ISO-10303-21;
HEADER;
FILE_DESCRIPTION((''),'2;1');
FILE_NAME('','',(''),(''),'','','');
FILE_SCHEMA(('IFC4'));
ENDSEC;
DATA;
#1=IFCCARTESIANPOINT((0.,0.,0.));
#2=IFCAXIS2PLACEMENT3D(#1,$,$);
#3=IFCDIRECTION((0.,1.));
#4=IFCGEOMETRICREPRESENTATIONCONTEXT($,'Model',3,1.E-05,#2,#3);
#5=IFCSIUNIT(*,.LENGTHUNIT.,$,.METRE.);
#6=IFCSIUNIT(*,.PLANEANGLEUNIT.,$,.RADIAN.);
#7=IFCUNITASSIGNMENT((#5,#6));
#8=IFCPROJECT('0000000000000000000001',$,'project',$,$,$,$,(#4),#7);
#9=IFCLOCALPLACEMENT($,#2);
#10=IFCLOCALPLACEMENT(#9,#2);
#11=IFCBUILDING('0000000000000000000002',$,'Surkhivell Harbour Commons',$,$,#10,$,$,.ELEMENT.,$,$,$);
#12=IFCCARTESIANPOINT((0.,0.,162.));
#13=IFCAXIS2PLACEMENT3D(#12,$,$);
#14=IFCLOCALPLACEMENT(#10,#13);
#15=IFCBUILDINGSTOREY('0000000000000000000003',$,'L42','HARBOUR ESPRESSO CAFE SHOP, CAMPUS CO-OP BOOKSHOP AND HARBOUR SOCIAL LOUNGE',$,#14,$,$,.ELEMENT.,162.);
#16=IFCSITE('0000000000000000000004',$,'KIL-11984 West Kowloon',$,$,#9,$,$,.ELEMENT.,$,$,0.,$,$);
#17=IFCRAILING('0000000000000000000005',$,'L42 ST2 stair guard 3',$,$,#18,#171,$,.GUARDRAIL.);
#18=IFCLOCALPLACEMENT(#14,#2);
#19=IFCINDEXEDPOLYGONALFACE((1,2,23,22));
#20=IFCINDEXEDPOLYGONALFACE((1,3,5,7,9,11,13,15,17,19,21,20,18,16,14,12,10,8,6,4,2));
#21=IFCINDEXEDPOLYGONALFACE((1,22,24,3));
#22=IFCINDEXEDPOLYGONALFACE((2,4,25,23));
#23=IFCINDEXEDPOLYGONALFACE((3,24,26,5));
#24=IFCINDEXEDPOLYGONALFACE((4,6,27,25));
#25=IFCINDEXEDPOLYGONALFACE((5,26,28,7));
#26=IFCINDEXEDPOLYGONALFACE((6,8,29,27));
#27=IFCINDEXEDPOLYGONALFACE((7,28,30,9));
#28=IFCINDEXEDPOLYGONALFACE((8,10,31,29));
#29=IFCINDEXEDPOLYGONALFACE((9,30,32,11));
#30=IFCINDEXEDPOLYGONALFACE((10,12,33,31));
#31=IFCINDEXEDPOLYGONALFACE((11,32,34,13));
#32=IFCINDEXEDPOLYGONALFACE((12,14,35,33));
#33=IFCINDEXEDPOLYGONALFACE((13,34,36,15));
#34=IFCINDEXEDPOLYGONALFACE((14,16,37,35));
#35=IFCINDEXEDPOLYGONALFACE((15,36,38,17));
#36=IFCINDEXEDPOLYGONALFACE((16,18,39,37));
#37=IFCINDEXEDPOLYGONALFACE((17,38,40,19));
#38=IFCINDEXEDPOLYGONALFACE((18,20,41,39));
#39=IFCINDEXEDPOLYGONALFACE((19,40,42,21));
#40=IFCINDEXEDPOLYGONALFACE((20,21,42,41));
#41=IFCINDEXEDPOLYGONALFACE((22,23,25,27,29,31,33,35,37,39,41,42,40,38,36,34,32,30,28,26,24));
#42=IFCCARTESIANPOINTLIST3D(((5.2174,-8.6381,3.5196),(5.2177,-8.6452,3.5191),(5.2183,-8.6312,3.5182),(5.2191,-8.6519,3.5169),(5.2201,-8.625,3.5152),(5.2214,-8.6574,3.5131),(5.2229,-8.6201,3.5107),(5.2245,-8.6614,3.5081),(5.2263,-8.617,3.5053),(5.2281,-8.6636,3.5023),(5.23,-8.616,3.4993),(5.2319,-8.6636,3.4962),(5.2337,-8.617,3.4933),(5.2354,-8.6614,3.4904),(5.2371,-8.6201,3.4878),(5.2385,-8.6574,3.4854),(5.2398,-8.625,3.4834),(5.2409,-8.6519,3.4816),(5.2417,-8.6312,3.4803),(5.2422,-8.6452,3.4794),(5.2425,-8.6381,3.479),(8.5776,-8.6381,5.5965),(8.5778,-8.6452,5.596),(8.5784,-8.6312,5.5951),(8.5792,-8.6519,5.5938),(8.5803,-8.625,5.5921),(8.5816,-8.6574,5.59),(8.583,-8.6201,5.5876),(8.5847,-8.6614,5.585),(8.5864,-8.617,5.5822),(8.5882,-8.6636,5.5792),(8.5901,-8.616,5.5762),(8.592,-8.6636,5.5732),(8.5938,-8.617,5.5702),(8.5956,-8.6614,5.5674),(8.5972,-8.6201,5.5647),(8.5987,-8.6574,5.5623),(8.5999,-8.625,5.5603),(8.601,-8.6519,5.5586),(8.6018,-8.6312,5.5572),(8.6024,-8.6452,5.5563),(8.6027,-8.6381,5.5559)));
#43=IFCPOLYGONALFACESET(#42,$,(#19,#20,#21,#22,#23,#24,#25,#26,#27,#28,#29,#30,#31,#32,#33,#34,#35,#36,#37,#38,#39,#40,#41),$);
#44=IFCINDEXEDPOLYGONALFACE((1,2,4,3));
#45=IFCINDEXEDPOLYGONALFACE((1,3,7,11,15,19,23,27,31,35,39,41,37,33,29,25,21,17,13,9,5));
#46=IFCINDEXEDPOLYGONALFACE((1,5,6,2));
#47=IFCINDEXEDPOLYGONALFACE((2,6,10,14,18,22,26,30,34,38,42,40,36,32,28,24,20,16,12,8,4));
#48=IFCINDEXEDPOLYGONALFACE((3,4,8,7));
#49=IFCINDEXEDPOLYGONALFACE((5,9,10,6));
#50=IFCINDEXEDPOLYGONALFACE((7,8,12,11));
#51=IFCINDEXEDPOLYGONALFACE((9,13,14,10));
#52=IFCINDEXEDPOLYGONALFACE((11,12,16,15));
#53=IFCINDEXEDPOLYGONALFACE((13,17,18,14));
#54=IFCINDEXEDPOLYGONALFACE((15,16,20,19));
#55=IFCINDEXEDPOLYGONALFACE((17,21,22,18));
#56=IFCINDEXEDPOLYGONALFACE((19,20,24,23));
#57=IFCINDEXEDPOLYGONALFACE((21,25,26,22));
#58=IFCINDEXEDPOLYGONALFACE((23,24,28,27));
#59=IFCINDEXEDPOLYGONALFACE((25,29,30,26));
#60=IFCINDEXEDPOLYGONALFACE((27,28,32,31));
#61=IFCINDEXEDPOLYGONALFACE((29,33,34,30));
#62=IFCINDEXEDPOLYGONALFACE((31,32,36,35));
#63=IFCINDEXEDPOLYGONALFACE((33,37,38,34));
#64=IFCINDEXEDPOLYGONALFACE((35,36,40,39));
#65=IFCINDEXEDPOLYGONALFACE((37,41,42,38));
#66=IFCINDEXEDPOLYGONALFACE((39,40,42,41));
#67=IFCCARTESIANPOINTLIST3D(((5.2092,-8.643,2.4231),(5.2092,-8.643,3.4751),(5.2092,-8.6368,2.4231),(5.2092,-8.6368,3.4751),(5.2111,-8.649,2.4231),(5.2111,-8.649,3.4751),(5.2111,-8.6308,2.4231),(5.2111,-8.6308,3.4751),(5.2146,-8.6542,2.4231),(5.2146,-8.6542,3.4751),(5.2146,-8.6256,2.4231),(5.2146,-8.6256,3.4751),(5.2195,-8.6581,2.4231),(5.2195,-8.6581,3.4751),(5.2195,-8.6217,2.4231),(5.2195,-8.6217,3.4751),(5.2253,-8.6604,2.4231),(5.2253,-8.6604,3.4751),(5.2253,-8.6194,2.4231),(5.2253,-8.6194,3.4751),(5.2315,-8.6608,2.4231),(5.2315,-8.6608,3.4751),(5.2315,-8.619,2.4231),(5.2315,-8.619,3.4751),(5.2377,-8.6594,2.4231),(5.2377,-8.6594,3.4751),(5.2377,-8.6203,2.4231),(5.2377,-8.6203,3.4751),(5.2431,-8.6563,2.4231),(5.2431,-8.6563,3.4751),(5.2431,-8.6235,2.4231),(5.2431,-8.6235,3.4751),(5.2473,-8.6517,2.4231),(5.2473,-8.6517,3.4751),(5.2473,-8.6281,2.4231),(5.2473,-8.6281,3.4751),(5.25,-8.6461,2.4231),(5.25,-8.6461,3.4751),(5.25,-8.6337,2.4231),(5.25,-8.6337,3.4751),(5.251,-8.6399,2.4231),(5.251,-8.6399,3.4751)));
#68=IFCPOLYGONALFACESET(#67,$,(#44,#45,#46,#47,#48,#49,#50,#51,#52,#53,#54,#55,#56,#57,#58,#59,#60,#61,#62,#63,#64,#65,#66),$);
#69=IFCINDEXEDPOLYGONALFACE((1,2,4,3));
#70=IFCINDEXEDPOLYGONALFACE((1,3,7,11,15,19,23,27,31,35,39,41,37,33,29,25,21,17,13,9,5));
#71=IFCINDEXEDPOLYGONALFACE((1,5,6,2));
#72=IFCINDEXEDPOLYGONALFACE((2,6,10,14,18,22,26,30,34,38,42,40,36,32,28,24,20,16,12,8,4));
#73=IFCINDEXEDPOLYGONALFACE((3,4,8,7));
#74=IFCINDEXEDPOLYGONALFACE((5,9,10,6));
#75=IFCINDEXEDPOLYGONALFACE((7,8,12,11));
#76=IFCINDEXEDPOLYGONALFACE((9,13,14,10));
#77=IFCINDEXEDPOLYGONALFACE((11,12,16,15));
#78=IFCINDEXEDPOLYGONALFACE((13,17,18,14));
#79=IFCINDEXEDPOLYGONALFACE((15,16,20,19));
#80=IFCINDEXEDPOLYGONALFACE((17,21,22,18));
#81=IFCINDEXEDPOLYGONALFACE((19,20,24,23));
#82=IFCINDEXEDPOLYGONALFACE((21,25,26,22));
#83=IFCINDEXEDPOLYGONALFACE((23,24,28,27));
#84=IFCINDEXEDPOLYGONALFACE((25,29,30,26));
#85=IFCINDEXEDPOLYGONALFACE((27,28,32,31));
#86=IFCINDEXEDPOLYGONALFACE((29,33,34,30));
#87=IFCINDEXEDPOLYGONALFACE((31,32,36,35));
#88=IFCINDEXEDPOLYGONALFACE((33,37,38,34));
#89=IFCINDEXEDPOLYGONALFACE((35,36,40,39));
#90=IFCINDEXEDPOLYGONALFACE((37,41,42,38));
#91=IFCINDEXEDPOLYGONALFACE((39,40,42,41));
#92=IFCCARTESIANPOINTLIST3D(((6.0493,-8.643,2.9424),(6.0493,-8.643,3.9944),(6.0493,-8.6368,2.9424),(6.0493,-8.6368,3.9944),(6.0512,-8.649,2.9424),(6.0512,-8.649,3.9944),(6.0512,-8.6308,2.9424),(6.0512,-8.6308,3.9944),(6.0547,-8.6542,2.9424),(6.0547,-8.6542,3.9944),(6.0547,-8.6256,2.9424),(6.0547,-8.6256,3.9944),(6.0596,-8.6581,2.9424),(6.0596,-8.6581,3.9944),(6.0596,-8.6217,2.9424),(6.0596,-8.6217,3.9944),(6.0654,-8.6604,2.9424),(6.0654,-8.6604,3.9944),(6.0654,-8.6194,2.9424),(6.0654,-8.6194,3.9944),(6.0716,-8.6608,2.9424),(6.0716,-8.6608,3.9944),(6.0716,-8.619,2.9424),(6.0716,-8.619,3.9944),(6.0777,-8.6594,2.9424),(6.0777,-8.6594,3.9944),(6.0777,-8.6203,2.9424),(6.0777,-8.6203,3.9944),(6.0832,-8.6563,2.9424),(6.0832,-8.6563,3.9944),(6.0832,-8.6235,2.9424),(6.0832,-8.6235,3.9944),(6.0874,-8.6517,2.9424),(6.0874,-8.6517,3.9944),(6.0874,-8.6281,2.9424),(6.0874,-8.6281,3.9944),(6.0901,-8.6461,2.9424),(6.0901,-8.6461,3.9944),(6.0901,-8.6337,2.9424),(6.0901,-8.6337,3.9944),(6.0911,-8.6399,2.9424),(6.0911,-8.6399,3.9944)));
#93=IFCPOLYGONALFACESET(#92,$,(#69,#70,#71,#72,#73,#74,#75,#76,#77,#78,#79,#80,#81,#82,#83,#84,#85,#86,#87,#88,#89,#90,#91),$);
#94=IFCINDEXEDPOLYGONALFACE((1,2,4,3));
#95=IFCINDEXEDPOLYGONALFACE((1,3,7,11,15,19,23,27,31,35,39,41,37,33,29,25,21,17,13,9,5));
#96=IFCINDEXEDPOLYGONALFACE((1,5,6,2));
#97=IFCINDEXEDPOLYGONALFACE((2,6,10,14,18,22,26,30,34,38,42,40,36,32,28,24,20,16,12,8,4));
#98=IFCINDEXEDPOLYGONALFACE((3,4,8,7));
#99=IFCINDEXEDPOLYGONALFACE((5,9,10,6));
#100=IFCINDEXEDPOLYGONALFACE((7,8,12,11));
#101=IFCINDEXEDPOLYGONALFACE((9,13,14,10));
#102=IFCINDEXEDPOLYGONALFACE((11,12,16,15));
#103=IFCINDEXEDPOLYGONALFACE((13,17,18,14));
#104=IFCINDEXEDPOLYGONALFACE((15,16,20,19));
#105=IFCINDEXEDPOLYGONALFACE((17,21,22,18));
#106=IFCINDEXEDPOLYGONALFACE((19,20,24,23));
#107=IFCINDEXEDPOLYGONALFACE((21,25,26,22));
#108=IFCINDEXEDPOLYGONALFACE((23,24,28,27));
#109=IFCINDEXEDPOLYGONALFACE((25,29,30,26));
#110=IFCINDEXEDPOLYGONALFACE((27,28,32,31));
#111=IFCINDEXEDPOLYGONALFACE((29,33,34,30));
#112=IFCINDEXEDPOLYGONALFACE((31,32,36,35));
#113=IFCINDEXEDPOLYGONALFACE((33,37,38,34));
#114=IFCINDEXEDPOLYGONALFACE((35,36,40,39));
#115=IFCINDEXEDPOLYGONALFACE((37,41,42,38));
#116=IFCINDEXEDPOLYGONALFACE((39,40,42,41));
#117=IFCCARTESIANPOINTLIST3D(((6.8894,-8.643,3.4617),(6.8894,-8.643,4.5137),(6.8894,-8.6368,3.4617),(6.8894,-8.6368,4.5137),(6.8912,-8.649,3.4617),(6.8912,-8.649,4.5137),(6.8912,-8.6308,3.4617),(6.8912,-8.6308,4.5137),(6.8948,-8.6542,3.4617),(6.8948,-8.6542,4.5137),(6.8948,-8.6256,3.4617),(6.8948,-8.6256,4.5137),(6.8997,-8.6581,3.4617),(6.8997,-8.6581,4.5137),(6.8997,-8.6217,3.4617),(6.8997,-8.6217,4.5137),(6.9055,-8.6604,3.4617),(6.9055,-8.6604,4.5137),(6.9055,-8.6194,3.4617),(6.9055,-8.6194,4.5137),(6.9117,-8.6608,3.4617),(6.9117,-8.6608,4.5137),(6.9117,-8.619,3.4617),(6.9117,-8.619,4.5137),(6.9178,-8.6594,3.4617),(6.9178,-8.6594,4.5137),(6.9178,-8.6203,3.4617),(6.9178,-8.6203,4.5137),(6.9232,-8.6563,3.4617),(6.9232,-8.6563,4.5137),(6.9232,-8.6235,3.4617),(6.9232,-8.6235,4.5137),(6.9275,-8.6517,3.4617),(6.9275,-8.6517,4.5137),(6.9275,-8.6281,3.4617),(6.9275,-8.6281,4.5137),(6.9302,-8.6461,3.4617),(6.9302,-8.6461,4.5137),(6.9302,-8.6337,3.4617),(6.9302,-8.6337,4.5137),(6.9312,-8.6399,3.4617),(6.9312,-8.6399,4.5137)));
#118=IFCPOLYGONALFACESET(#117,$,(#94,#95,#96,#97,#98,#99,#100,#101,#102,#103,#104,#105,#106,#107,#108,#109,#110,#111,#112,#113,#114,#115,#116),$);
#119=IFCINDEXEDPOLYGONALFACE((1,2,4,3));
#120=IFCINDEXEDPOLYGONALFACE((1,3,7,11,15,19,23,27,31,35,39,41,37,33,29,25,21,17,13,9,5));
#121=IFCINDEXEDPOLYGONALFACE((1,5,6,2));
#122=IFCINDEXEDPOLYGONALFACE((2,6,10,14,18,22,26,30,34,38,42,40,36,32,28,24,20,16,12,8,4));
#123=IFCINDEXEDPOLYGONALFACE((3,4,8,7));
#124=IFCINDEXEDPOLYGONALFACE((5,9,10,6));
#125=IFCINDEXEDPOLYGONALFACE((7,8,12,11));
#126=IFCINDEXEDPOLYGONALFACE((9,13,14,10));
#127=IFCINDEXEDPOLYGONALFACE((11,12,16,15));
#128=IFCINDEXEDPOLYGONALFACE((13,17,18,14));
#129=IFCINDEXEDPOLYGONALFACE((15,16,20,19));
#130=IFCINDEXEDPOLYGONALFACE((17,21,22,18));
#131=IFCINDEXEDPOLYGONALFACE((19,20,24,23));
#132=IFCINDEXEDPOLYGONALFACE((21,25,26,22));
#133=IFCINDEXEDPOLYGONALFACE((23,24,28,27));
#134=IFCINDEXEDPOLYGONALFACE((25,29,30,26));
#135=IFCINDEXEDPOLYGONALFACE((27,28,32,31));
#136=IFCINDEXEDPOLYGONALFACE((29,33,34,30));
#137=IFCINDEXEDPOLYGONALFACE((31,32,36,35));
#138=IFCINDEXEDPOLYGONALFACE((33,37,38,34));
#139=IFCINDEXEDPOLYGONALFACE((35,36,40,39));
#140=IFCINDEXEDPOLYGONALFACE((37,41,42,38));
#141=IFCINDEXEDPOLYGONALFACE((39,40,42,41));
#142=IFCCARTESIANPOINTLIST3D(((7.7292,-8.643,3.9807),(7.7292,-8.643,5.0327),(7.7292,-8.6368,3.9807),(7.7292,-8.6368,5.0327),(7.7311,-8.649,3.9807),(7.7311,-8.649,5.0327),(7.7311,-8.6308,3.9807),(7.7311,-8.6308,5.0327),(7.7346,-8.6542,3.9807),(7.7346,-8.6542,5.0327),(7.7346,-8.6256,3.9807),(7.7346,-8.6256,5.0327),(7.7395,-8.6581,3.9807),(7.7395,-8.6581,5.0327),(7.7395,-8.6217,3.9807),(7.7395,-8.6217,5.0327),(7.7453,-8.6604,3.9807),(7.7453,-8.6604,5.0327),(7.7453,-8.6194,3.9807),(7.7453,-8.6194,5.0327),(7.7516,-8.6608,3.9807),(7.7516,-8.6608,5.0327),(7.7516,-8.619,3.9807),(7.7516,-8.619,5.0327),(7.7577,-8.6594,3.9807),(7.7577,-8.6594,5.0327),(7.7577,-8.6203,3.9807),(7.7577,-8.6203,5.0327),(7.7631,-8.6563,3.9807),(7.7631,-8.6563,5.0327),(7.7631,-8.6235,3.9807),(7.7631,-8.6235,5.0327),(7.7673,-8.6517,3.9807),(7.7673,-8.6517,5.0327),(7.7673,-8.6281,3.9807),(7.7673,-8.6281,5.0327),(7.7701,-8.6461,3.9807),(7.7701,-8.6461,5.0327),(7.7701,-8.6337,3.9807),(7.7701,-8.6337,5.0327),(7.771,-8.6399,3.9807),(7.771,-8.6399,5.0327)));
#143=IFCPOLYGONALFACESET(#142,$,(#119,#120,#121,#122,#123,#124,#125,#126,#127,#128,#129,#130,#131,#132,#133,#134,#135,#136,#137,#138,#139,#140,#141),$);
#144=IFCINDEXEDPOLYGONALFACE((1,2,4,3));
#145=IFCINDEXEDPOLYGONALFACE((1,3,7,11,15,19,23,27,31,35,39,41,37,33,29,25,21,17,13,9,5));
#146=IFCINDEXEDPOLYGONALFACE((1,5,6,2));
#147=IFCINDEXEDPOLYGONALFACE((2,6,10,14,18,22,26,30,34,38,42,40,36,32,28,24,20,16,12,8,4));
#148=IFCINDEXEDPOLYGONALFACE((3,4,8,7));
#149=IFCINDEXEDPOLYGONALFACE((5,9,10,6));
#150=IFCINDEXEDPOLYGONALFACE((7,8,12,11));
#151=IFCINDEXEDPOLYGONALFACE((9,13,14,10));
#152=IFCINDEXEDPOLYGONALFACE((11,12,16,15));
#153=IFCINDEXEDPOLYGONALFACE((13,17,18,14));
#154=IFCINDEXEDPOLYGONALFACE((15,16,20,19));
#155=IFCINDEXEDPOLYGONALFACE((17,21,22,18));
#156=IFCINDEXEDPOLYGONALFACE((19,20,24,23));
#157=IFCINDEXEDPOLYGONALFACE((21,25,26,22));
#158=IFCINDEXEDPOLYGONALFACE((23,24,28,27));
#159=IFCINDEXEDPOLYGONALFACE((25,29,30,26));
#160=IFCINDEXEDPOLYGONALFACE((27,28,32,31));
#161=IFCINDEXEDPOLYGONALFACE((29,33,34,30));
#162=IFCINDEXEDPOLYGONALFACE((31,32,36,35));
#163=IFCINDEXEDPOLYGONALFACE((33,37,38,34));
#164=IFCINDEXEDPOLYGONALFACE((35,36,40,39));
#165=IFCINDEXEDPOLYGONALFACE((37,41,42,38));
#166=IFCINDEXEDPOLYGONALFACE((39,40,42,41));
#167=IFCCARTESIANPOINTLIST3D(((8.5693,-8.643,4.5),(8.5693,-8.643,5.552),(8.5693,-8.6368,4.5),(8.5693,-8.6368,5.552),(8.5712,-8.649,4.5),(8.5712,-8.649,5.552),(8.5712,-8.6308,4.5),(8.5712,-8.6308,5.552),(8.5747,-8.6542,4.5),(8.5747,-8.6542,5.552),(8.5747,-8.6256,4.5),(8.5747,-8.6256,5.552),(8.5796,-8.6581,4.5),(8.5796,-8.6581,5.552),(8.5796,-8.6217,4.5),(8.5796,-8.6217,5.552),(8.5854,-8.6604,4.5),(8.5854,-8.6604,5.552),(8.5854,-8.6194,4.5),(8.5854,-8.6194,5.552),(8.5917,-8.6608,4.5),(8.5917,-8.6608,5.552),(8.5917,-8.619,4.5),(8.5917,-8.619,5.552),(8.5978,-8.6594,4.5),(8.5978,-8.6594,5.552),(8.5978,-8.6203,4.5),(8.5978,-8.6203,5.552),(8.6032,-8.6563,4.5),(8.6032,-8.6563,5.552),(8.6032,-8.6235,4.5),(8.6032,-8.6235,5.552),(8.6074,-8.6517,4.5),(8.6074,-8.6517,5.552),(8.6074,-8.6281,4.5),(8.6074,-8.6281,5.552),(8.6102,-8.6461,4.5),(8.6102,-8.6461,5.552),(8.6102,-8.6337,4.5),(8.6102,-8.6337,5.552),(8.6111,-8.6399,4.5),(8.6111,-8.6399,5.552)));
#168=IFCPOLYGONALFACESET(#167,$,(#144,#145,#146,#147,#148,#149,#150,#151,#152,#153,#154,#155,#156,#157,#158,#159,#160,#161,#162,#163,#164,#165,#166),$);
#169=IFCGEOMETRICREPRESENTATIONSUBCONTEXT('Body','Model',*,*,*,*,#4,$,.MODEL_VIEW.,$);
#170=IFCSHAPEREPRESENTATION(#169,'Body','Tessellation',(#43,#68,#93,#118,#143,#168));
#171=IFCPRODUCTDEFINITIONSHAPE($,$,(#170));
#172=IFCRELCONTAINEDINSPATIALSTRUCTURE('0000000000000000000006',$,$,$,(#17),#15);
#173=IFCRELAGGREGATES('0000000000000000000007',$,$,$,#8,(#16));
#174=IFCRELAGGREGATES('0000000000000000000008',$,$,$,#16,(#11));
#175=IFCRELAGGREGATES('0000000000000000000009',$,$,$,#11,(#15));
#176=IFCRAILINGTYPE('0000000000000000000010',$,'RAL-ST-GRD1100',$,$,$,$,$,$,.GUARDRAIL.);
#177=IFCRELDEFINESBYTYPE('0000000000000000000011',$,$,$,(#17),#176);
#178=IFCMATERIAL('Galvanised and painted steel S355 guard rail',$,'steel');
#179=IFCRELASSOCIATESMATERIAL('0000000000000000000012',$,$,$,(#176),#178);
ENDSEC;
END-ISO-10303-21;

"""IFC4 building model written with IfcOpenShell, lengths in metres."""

from ifc_helpers import new_model, si_unit, direction, frame, origin, origin_2d, place, context, subcontext, project, spatial, circle, extrude, material, type_object, element, save


model = new_model("IFC4")

# Units and contexts
model_context = context("Model", 3, precision=1e-05, world=origin(), true_north=direction((0.0, 1.0)))
body_context = subcontext(model_context, "Body", "Model", "MODEL_VIEW")
ifc_project = project(units=[si_unit("LENGTHUNIT", "METRE"), si_unit("PLANEANGLEUNIT", "RADIAN")], contexts=[model_context])

# Site, building, storey
site_placement = place(None, origin())
site = spatial("IfcSite", under=ifc_project, at=site_placement, Name="KIL-11984 West Kowloon", CompositionType="ELEMENT", RefElevation=0.0)
building_placement = place(site_placement, origin())
building = spatial("IfcBuilding", under=site, at=building_placement, Name="Surkhivell Harbour Commons", CompositionType="ELEMENT")
storey_placement = place(building_placement, frame((0.0, 0.0, 162.0)))
storey = spatial("IfcBuildingStorey", under=building, at=storey_placement, Name="L42", Description="HARBOUR ESPRESSO CAFE SHOP, CAMPUS CO-OP BOOKSHOP AND HARBOUR SOCIAL LOUNGE", CompositionType="ELEMENT", Elevation=162.0)

# Railing
ifc_material_1 = material(Name="Galvanised and painted steel S355 guard rail", Category="steel")
railing_type_1 = type_object("IfcRailingType", Name="RAL-ST-GRD1100", PredefinedType="GUARDRAIL", material=ifc_material_1)
railing_1_placement = place(storey_placement, frame((5.23, -8.6399, 2.4231)))
element("IfcRailing", 1, at=railing_1_placement, inside=storey, type_object=railing_type_1, Name="L42 ST2 stair guard 3", PredefinedType="GUARDRAIL", context=body_context, shape_type="SweptSolid", body=[
    extrude(circle(Radius=0.0239, at=origin_2d()), frame((0.0, 0.0, 1.0762), z_axis=(0.850623, 0.0, 0.525776), x_axis=(0.0, 1.0, 0.0)), (0.0, 0.0, 1.0), 3.9502),
    extrude(circle(Radius=0.021, at=origin_2d()), origin(), (0.0, 0.0, 1.0), 1.052),
    extrude(circle(Radius=0.021, at=origin_2d()), frame((0.8401, 0.0, 0.5193)), (0.0, 0.0, 1.0), 1.052),
    extrude(circle(Radius=0.021, at=origin_2d()), frame((1.6802, 0.0, 1.0386)), (0.0, 0.0, 1.0), 1.052),
    extrude(circle(Radius=0.021, at=origin_2d()), frame((2.52, 0.0, 1.5576)), (0.0, 0.0, 1.0), 1.052),
    extrude(circle(Radius=0.021, at=origin_2d()), frame((3.3601, 0.0, 2.0769)), (0.0, 0.0, 1.0), 1.052),
])

save(model, "model.ifc")
